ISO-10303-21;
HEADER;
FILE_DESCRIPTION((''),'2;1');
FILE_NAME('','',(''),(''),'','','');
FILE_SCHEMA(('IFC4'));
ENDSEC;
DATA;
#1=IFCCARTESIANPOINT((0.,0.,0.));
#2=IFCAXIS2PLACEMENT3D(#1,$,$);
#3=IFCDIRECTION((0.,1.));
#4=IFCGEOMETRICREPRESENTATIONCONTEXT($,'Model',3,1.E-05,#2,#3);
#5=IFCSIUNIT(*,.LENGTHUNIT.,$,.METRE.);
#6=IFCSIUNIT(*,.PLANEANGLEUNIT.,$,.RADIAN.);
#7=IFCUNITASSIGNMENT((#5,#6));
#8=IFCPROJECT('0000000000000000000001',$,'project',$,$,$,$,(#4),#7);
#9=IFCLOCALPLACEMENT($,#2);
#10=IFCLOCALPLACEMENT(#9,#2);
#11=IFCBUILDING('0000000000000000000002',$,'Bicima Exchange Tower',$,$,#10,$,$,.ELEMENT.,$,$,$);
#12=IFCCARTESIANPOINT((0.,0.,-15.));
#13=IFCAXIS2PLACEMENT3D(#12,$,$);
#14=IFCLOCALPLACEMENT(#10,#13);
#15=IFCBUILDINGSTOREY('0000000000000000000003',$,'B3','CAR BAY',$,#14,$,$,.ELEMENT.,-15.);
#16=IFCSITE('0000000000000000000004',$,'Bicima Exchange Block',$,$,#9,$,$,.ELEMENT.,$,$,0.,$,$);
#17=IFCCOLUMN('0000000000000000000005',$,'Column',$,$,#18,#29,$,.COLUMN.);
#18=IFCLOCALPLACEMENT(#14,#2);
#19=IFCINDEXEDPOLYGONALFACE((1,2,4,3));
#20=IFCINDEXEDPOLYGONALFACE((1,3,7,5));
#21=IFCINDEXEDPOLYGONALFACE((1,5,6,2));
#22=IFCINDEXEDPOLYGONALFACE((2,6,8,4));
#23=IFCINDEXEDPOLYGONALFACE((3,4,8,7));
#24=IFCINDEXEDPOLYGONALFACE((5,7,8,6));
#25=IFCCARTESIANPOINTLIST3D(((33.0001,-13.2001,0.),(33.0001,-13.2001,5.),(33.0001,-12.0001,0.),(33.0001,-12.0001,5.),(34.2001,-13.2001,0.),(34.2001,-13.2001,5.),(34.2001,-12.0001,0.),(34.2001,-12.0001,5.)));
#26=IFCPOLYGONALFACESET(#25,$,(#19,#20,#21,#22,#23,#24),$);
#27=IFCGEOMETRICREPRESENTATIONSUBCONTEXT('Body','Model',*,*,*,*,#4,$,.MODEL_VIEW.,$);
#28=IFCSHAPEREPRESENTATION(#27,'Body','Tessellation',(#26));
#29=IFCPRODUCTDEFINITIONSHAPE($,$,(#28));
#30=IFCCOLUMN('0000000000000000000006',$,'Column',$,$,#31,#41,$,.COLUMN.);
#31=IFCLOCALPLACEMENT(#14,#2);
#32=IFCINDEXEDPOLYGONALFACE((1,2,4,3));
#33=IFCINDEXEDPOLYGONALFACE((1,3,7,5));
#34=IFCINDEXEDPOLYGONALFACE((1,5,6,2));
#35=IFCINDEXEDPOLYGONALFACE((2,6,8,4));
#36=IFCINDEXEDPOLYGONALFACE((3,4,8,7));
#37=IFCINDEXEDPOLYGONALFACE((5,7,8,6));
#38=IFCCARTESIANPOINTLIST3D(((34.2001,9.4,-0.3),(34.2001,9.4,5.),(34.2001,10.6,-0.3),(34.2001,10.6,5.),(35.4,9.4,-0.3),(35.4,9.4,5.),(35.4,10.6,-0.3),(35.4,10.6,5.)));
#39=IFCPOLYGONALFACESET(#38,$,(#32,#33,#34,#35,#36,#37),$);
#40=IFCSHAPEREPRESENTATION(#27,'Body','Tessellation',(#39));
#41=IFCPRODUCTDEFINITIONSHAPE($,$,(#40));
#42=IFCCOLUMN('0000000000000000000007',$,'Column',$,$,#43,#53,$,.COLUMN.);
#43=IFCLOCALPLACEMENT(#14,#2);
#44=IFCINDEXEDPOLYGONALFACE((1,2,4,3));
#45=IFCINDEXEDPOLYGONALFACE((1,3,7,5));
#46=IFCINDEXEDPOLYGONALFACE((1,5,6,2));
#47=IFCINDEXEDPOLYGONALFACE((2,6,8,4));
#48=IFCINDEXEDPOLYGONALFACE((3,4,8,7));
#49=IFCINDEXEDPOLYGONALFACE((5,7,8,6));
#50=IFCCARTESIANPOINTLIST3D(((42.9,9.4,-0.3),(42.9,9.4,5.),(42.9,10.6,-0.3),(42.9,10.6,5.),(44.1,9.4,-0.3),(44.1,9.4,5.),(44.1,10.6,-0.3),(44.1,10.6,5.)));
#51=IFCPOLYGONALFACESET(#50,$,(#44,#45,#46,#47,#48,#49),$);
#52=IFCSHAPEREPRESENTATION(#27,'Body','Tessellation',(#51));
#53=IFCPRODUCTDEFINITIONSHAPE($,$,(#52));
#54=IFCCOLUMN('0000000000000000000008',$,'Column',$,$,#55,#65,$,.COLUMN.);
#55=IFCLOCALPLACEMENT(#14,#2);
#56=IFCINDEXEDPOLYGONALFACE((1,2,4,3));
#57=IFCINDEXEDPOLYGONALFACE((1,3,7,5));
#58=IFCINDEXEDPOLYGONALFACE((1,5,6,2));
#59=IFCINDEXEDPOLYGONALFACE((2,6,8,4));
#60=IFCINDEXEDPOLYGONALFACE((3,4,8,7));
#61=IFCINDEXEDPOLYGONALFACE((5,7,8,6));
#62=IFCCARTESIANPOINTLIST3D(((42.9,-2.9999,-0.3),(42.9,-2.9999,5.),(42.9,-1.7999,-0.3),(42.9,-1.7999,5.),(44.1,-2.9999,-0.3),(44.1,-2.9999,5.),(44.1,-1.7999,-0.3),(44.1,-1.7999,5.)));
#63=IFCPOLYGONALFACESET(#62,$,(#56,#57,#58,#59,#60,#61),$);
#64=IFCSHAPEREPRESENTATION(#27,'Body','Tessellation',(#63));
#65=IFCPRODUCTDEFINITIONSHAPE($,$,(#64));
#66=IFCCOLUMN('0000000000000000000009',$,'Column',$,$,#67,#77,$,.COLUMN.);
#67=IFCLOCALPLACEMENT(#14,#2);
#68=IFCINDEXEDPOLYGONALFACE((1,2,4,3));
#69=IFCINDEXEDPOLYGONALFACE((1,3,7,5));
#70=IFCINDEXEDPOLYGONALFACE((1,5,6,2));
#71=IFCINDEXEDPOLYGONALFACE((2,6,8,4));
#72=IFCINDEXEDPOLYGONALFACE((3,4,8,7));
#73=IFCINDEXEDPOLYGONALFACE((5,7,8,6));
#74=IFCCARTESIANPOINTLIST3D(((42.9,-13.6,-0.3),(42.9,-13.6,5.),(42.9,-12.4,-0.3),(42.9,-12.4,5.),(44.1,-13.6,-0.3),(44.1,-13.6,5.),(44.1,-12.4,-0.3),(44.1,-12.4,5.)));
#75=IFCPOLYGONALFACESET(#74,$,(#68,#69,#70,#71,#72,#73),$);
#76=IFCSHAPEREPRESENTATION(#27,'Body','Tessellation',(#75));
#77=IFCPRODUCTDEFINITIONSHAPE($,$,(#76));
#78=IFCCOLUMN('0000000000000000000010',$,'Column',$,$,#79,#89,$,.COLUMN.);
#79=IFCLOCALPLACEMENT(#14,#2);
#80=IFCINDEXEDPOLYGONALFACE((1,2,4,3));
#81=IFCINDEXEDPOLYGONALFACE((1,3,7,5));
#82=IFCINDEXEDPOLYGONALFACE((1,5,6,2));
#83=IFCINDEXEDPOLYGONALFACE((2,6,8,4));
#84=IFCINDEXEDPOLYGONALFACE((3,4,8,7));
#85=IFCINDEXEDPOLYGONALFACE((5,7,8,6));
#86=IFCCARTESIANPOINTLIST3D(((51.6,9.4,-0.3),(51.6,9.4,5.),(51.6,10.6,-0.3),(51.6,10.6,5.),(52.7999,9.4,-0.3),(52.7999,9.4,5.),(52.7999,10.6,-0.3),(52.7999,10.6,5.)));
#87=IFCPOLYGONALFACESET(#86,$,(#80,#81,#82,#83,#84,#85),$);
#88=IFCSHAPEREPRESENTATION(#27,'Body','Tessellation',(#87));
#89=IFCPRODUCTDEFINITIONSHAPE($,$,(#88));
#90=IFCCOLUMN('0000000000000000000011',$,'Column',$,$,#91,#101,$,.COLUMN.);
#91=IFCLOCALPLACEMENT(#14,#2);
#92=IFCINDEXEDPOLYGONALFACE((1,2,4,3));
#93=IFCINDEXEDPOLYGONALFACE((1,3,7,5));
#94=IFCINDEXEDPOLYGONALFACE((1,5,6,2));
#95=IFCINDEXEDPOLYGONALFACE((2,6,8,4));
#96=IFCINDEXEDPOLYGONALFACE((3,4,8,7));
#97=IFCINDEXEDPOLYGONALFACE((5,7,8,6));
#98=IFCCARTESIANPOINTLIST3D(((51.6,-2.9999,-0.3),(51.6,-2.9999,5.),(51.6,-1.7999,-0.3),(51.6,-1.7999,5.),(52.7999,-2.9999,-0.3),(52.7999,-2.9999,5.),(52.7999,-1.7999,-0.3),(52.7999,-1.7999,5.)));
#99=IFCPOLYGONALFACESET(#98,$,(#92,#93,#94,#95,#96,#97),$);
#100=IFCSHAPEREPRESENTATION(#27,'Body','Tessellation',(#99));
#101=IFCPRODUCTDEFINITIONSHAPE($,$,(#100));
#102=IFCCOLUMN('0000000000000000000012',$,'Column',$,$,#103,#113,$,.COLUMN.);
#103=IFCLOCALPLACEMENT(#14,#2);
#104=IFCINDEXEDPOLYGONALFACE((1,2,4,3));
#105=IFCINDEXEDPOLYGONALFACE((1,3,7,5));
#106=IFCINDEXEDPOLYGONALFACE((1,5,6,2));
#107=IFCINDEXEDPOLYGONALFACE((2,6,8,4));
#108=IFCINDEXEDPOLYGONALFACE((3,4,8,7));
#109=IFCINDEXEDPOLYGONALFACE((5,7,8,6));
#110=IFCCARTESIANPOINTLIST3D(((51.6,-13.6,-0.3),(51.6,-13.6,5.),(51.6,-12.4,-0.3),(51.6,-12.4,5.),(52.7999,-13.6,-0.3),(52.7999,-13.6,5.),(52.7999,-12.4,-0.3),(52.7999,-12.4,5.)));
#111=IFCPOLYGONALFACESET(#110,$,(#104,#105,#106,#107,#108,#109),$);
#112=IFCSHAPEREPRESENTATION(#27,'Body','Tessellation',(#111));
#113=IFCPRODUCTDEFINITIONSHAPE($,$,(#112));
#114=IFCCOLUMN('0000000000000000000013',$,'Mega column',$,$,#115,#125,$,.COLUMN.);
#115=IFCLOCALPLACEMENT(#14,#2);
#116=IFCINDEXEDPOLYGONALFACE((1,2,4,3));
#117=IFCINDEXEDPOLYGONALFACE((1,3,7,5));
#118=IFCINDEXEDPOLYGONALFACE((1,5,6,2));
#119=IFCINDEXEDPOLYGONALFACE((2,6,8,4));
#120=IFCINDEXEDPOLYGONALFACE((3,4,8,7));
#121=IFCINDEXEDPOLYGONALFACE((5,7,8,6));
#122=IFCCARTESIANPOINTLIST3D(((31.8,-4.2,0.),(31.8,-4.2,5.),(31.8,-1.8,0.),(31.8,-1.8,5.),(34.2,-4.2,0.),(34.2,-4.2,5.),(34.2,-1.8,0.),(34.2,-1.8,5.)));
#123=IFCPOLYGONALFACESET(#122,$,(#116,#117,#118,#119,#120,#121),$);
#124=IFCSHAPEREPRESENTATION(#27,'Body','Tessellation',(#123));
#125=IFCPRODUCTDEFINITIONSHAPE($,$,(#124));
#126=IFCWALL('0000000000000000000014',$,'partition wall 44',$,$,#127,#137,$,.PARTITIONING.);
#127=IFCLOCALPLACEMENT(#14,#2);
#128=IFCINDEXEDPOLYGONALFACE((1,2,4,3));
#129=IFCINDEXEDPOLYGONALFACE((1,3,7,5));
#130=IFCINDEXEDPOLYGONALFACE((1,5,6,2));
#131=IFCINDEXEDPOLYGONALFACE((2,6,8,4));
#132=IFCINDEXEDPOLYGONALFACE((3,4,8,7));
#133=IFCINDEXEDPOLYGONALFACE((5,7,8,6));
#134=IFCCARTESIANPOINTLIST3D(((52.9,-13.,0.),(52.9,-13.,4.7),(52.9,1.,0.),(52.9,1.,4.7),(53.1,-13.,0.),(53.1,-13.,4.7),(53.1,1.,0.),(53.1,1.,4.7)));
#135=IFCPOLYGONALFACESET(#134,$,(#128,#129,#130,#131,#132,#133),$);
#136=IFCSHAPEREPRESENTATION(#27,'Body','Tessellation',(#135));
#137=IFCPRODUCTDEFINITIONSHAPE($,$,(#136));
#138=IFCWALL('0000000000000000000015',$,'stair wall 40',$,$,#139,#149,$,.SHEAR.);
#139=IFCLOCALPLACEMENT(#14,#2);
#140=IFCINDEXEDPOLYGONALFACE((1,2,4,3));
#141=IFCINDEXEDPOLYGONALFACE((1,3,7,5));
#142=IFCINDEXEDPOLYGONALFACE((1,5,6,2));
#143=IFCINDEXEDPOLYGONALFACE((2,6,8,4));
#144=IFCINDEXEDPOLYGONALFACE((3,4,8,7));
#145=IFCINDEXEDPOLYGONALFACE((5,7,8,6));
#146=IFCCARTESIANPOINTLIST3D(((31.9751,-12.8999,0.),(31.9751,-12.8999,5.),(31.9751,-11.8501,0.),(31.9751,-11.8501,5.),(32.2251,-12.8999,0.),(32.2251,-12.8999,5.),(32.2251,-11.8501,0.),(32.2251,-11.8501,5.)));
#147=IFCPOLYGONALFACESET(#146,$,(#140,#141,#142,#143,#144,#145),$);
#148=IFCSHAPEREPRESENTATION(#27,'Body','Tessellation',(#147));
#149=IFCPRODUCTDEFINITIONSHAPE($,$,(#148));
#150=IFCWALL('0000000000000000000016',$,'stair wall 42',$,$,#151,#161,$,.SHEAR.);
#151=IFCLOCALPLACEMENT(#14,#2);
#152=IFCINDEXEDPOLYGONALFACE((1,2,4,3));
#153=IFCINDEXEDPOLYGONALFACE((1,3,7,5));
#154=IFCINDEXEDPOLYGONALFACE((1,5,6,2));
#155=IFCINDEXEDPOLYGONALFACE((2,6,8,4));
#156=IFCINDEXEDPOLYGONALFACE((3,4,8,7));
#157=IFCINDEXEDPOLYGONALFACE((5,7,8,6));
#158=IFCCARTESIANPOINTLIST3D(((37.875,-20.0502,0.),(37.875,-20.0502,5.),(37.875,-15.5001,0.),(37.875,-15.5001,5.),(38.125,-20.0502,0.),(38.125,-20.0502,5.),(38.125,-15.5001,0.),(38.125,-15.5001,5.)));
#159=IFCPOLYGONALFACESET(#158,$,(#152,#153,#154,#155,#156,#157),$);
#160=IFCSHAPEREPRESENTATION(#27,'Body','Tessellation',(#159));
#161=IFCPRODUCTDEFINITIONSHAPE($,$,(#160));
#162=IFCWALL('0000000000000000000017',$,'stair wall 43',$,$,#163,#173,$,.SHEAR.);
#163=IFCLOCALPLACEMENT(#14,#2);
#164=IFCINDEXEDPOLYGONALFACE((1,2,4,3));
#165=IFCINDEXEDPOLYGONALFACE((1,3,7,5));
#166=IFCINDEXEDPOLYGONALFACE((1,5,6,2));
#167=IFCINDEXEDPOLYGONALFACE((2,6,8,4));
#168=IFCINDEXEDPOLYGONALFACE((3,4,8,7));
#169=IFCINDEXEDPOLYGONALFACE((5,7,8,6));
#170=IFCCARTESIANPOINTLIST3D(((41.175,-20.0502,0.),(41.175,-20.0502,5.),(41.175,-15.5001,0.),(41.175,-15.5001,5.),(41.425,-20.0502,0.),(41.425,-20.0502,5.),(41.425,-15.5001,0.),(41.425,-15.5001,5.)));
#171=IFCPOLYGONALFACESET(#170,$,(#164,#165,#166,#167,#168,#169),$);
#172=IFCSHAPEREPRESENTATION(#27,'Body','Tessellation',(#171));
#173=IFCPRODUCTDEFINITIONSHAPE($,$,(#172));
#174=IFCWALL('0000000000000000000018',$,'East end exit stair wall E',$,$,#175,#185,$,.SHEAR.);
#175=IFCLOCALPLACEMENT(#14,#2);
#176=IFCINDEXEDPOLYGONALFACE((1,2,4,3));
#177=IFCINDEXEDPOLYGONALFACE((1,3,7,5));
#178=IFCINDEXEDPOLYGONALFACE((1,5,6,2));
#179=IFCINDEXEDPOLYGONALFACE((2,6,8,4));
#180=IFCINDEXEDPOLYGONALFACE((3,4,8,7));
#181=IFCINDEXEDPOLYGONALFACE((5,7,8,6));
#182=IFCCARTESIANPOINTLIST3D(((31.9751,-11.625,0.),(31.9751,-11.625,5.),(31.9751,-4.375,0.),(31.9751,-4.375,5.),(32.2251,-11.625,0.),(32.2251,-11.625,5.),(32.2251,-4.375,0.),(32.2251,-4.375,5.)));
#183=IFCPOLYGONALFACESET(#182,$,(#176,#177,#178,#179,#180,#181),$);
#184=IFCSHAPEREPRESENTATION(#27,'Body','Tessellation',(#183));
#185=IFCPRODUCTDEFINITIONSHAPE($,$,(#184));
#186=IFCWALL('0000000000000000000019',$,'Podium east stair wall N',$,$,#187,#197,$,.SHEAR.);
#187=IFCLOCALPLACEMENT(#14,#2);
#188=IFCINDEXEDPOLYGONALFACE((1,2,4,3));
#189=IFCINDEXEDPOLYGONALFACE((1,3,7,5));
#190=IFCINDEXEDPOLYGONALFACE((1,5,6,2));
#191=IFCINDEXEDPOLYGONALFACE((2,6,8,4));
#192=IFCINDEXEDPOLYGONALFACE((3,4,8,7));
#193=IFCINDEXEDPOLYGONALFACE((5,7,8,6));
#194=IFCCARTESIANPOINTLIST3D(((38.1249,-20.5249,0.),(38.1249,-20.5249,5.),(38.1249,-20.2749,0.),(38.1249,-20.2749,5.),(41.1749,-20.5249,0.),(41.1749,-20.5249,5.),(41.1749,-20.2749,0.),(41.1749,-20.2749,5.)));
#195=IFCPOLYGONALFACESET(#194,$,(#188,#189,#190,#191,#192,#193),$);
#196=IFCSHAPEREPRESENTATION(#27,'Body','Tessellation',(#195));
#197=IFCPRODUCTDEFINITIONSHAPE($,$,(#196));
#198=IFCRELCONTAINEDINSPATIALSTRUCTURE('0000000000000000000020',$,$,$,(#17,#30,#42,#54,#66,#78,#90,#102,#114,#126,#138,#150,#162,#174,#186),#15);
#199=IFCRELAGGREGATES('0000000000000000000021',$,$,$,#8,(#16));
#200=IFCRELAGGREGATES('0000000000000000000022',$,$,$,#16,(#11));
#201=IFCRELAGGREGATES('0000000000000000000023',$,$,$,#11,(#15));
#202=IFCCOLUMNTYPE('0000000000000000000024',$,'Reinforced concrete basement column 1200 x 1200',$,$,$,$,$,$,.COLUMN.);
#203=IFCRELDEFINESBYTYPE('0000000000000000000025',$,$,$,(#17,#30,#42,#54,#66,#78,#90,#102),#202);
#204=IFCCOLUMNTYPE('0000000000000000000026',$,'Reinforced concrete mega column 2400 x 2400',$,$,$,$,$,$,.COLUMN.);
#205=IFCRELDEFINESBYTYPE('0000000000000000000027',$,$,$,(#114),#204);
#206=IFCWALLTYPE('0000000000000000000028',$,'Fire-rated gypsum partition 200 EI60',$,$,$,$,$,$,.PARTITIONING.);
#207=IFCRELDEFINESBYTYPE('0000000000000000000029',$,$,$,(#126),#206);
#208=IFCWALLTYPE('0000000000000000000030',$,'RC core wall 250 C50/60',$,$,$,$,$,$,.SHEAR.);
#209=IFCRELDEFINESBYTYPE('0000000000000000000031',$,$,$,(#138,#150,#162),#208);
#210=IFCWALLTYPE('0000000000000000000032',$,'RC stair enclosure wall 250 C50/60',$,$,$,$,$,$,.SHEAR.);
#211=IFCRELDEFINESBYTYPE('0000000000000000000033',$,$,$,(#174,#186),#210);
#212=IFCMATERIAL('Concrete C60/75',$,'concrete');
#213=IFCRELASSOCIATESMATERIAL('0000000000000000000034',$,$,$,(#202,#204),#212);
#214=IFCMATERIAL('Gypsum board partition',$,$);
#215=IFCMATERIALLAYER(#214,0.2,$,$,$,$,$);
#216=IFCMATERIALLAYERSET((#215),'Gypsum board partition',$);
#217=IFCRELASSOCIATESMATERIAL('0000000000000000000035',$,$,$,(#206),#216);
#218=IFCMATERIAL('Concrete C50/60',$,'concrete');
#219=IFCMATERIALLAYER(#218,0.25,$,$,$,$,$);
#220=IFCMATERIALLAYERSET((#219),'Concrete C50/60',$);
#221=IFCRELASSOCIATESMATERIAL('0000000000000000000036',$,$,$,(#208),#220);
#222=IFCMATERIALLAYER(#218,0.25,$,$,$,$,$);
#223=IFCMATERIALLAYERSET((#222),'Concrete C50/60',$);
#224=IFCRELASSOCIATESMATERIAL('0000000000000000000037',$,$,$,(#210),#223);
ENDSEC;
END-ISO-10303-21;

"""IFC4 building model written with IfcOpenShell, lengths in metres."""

from ifc_helpers import new_model, si_unit, direction, frame, frame_2d, origin, origin_2d, place, context, subcontext, project, spatial, rectangle, extrude, material, layer, layer_set, material_profile, profile_set, type_object, element, save


model = new_model("IFC4")

# Units and contexts
model_context = context("Model", 3, precision=1e-05, world=origin(), true_north=direction((0.0, 1.0)))
body_context = subcontext(model_context, "Body", "Model", "MODEL_VIEW")
ifc_project = project(units=[si_unit("LENGTHUNIT", "METRE"), si_unit("PLANEANGLEUNIT", "RADIAN")], contexts=[model_context])

# Site, building, storey
site_placement = place(None, origin())
site = spatial("IfcSite", under=ifc_project, at=site_placement, Name="Bicima Exchange Block", CompositionType="ELEMENT", RefElevation=0.0)
building_placement = place(site_placement, origin())
building = spatial("IfcBuilding", under=site, at=building_placement, Name="Bicima Exchange Tower", CompositionType="ELEMENT")
storey_placement = place(building_placement, frame((0.0, 0.0, -15.0)))
storey = spatial("IfcBuildingStorey", under=building, at=storey_placement, Name="B3", Description="CAR BAY", CompositionType="ELEMENT", Elevation=-15.0)

# Columns
ifc_material_1 = material(Name="Concrete C60/75", Category="concrete")
ifc_material_profile_1 = material_profile(ifc_material_1, rectangle(XDim=1.2, YDim=1.2, at=origin_2d()))
ifc_profile_set_1 = profile_set([ifc_material_profile_1], Name="Concrete C60/75")
column_type_1 = type_object("IfcColumnType", Name="Reinforced concrete basement column 1200 x 1200", PredefinedType="COLUMN", material=ifc_profile_set_1)
column_1_placement = place(storey_placement, frame((33.6001, -12.6001, 0.0), z_axis=(0.0, 0.0, 1.0), x_axis=(1.0, 0.0, 0.0)))
element("IfcColumn", 1, at=column_1_placement, inside=storey, type_object=column_type_1, Name="Column", PredefinedType="COLUMN", context=body_context, shape_type="SweptSolid", body=[
    extrude(rectangle(XDim=1.2, YDim=1.2, at=origin_2d()), origin(), (0.0, 0.0, 1.0), 5.0),
])
for number, where, z_axis, x_axis, name in (
    (2, (34.8, 10.0, -0.3), (0.0, 0.0, 1.0), (1.0, 0.0, 0.0), "Column"),
    (3, (43.5, 10.0, -0.3), (0.0, 0.0, 1.0), (1.0, 0.0, 0.0), "Column"),
    (4, (43.5, -2.3999, -0.3), (0.0, 0.0, 1.0), (1.0, 0.0, 0.0), "Column"),
    (5, (43.5, -13.0, -0.3), (0.0, 0.0, 1.0), (1.0, 0.0, 0.0), "Column"),
    (6, (52.2, 10.0, -0.3), (0.0, 0.0, 1.0), (1.0, 0.0, 0.0), "Column"),
    (7, (52.2, -2.3999, -0.3), (0.0, 0.0, 1.0), (1.0, 0.0, 0.0), "Column"),
    (8, (52.2, -13.0, -0.3), (0.0, 0.0, 1.0), (1.0, 0.0, 0.0), "Column"),
):
    element("IfcColumn", number, at=place(storey_placement, frame(where, z_axis=z_axis, x_axis=x_axis)), inside=storey, type_object=column_type_1, Name=name, PredefinedType="COLUMN", context=body_context, shape_type="SweptSolid", body=[
        extrude(rectangle(XDim=1.2, YDim=1.2, at=origin_2d()), origin(), (0.0, 0.0, 1.0), 5.3),
    ])
ifc_material_profile_2 = material_profile(ifc_material_1, rectangle(XDim=2.3999, YDim=2.3999, at=origin_2d()))
ifc_profile_set_2 = profile_set([ifc_material_profile_2], Name="Concrete C60/75")
column_type_2 = type_object("IfcColumnType", Name="Reinforced concrete mega column 2400 x 2400", PredefinedType="COLUMN", material=ifc_profile_set_2)
column_2_placement = place(storey_placement, frame((33.0, -3.0, 0.0), z_axis=(0.0, 0.0, 1.0), x_axis=(1.0, 0.0, 0.0)))
element("IfcColumn", 9, at=column_2_placement, inside=storey, type_object=column_type_2, Name="Mega column", PredefinedType="COLUMN", context=body_context, shape_type="SweptSolid", body=[
    extrude(rectangle(XDim=2.3999, YDim=2.3999, at=origin_2d()), origin(), (0.0, 0.0, 1.0), 5.0),
])

# Walls
ifc_material_2 = material(Name="Gypsum board partition")
ifc_layer_1 = layer(ifc_material_2, 0.2)
ifc_layer_set_1 = layer_set([ifc_layer_1], Name="Gypsum board partition")
wall_type_1 = type_object("IfcWallType", Name="Fire-rated gypsum partition 200 EI60", PredefinedType="PARTITIONING", material=ifc_layer_set_1)
wall_1_placement = place(storey_placement, frame((53.0, -13.0, 0.0), z_axis=(0.0, 0.0, 1.0), x_axis=(0.0, 1.0, 0.0)))
element("IfcWall", 10, at=wall_1_placement, inside=storey, type_object=wall_type_1, Name="partition wall 44", PredefinedType="PARTITIONING", context=body_context, shape_type="SweptSolid", body=[
    extrude(rectangle(XDim=14.0, YDim=0.2, at=frame_2d((7.0, 0.0))), origin(), (0.0, 0.0, 1.0), 4.7),
])
ifc_material_3 = material(Name="Concrete C50/60", Category="concrete")
ifc_layer_2 = layer(ifc_material_3, 0.25)
ifc_layer_set_2 = layer_set([ifc_layer_2], Name="Concrete C50/60")
wall_type_2 = type_object("IfcWallType", Name="RC core wall 250 C50/60", PredefinedType="SHEAR", material=ifc_layer_set_2)
wall_2_placement = place(storey_placement, frame((32.1001, -12.8999, 0.0), z_axis=(0.0, 0.0, 1.0), x_axis=(0.0, 1.0, 0.0)))
element("IfcWall", 11, at=wall_2_placement, inside=storey, type_object=wall_type_2, Name="stair wall 40", PredefinedType="SHEAR", context=body_context, shape_type="SweptSolid", body=[
    extrude(rectangle(XDim=1.0498, YDim=0.25, at=frame_2d((0.5249, 0.0))), origin(), (0.0, 0.0, 1.0), 5.0),
])
for number, where, z_axis, x_axis, name in (
    (12, (38.0, -20.05, 0.0), (0.0, 0.0, 1.0), (0.0, 1.0, 0.0), "stair wall 42"),
    (13, (41.3, -20.05, 0.0), (0.0, 0.0, 1.0), (0.0, 1.0, 0.0), "stair wall 43"),
):
    element("IfcWall", number, at=place(storey_placement, frame(where, z_axis=z_axis, x_axis=x_axis)), inside=storey, type_object=wall_type_2, Name=name, PredefinedType="SHEAR", context=body_context, shape_type="SweptSolid", body=[
        extrude(rectangle(XDim=4.55, YDim=0.25, at=frame_2d((2.2749, 0.0))), origin(), (0.0, 0.0, 1.0), 5.0),
    ])
ifc_layer_3 = layer(ifc_material_3, 0.25)
ifc_layer_set_3 = layer_set([ifc_layer_3], Name="Concrete C50/60")
wall_type_3 = type_object("IfcWallType", Name="RC stair enclosure wall 250 C50/60", PredefinedType="SHEAR", material=ifc_layer_set_3)
wall_3_placement = place(storey_placement, frame((32.1001, -11.625, 0.0), z_axis=(0.0, 0.0, 1.0), x_axis=(0.0, 1.0, 0.0)))
element("IfcWall", 14, at=wall_3_placement, inside=storey, type_object=wall_type_3, Name="East end exit stair wall E", PredefinedType="SHEAR", context=body_context, shape_type="SweptSolid", body=[
    extrude(rectangle(XDim=7.25, YDim=0.25, at=frame_2d((3.625, 0.0))), origin(), (0.0, 0.0, 1.0), 5.0),
])
wall_4_placement = place(storey_placement, frame((38.125, -20.3999, 0.0), z_axis=(0.0, 0.0, 1.0), x_axis=(1.0, 0.0, 0.0)))
element("IfcWall", 15, at=wall_4_placement, inside=storey, type_object=wall_type_3, Name="Podium east stair wall N", PredefinedType="SHEAR", context=body_context, shape_type="SweptSolid", body=[
    extrude(rectangle(XDim=3.05, YDim=0.25, at=frame_2d((1.5249, 0.0))), origin(), (0.0, 0.0, 1.0), 5.0),
])

save(model, "model.ifc")
